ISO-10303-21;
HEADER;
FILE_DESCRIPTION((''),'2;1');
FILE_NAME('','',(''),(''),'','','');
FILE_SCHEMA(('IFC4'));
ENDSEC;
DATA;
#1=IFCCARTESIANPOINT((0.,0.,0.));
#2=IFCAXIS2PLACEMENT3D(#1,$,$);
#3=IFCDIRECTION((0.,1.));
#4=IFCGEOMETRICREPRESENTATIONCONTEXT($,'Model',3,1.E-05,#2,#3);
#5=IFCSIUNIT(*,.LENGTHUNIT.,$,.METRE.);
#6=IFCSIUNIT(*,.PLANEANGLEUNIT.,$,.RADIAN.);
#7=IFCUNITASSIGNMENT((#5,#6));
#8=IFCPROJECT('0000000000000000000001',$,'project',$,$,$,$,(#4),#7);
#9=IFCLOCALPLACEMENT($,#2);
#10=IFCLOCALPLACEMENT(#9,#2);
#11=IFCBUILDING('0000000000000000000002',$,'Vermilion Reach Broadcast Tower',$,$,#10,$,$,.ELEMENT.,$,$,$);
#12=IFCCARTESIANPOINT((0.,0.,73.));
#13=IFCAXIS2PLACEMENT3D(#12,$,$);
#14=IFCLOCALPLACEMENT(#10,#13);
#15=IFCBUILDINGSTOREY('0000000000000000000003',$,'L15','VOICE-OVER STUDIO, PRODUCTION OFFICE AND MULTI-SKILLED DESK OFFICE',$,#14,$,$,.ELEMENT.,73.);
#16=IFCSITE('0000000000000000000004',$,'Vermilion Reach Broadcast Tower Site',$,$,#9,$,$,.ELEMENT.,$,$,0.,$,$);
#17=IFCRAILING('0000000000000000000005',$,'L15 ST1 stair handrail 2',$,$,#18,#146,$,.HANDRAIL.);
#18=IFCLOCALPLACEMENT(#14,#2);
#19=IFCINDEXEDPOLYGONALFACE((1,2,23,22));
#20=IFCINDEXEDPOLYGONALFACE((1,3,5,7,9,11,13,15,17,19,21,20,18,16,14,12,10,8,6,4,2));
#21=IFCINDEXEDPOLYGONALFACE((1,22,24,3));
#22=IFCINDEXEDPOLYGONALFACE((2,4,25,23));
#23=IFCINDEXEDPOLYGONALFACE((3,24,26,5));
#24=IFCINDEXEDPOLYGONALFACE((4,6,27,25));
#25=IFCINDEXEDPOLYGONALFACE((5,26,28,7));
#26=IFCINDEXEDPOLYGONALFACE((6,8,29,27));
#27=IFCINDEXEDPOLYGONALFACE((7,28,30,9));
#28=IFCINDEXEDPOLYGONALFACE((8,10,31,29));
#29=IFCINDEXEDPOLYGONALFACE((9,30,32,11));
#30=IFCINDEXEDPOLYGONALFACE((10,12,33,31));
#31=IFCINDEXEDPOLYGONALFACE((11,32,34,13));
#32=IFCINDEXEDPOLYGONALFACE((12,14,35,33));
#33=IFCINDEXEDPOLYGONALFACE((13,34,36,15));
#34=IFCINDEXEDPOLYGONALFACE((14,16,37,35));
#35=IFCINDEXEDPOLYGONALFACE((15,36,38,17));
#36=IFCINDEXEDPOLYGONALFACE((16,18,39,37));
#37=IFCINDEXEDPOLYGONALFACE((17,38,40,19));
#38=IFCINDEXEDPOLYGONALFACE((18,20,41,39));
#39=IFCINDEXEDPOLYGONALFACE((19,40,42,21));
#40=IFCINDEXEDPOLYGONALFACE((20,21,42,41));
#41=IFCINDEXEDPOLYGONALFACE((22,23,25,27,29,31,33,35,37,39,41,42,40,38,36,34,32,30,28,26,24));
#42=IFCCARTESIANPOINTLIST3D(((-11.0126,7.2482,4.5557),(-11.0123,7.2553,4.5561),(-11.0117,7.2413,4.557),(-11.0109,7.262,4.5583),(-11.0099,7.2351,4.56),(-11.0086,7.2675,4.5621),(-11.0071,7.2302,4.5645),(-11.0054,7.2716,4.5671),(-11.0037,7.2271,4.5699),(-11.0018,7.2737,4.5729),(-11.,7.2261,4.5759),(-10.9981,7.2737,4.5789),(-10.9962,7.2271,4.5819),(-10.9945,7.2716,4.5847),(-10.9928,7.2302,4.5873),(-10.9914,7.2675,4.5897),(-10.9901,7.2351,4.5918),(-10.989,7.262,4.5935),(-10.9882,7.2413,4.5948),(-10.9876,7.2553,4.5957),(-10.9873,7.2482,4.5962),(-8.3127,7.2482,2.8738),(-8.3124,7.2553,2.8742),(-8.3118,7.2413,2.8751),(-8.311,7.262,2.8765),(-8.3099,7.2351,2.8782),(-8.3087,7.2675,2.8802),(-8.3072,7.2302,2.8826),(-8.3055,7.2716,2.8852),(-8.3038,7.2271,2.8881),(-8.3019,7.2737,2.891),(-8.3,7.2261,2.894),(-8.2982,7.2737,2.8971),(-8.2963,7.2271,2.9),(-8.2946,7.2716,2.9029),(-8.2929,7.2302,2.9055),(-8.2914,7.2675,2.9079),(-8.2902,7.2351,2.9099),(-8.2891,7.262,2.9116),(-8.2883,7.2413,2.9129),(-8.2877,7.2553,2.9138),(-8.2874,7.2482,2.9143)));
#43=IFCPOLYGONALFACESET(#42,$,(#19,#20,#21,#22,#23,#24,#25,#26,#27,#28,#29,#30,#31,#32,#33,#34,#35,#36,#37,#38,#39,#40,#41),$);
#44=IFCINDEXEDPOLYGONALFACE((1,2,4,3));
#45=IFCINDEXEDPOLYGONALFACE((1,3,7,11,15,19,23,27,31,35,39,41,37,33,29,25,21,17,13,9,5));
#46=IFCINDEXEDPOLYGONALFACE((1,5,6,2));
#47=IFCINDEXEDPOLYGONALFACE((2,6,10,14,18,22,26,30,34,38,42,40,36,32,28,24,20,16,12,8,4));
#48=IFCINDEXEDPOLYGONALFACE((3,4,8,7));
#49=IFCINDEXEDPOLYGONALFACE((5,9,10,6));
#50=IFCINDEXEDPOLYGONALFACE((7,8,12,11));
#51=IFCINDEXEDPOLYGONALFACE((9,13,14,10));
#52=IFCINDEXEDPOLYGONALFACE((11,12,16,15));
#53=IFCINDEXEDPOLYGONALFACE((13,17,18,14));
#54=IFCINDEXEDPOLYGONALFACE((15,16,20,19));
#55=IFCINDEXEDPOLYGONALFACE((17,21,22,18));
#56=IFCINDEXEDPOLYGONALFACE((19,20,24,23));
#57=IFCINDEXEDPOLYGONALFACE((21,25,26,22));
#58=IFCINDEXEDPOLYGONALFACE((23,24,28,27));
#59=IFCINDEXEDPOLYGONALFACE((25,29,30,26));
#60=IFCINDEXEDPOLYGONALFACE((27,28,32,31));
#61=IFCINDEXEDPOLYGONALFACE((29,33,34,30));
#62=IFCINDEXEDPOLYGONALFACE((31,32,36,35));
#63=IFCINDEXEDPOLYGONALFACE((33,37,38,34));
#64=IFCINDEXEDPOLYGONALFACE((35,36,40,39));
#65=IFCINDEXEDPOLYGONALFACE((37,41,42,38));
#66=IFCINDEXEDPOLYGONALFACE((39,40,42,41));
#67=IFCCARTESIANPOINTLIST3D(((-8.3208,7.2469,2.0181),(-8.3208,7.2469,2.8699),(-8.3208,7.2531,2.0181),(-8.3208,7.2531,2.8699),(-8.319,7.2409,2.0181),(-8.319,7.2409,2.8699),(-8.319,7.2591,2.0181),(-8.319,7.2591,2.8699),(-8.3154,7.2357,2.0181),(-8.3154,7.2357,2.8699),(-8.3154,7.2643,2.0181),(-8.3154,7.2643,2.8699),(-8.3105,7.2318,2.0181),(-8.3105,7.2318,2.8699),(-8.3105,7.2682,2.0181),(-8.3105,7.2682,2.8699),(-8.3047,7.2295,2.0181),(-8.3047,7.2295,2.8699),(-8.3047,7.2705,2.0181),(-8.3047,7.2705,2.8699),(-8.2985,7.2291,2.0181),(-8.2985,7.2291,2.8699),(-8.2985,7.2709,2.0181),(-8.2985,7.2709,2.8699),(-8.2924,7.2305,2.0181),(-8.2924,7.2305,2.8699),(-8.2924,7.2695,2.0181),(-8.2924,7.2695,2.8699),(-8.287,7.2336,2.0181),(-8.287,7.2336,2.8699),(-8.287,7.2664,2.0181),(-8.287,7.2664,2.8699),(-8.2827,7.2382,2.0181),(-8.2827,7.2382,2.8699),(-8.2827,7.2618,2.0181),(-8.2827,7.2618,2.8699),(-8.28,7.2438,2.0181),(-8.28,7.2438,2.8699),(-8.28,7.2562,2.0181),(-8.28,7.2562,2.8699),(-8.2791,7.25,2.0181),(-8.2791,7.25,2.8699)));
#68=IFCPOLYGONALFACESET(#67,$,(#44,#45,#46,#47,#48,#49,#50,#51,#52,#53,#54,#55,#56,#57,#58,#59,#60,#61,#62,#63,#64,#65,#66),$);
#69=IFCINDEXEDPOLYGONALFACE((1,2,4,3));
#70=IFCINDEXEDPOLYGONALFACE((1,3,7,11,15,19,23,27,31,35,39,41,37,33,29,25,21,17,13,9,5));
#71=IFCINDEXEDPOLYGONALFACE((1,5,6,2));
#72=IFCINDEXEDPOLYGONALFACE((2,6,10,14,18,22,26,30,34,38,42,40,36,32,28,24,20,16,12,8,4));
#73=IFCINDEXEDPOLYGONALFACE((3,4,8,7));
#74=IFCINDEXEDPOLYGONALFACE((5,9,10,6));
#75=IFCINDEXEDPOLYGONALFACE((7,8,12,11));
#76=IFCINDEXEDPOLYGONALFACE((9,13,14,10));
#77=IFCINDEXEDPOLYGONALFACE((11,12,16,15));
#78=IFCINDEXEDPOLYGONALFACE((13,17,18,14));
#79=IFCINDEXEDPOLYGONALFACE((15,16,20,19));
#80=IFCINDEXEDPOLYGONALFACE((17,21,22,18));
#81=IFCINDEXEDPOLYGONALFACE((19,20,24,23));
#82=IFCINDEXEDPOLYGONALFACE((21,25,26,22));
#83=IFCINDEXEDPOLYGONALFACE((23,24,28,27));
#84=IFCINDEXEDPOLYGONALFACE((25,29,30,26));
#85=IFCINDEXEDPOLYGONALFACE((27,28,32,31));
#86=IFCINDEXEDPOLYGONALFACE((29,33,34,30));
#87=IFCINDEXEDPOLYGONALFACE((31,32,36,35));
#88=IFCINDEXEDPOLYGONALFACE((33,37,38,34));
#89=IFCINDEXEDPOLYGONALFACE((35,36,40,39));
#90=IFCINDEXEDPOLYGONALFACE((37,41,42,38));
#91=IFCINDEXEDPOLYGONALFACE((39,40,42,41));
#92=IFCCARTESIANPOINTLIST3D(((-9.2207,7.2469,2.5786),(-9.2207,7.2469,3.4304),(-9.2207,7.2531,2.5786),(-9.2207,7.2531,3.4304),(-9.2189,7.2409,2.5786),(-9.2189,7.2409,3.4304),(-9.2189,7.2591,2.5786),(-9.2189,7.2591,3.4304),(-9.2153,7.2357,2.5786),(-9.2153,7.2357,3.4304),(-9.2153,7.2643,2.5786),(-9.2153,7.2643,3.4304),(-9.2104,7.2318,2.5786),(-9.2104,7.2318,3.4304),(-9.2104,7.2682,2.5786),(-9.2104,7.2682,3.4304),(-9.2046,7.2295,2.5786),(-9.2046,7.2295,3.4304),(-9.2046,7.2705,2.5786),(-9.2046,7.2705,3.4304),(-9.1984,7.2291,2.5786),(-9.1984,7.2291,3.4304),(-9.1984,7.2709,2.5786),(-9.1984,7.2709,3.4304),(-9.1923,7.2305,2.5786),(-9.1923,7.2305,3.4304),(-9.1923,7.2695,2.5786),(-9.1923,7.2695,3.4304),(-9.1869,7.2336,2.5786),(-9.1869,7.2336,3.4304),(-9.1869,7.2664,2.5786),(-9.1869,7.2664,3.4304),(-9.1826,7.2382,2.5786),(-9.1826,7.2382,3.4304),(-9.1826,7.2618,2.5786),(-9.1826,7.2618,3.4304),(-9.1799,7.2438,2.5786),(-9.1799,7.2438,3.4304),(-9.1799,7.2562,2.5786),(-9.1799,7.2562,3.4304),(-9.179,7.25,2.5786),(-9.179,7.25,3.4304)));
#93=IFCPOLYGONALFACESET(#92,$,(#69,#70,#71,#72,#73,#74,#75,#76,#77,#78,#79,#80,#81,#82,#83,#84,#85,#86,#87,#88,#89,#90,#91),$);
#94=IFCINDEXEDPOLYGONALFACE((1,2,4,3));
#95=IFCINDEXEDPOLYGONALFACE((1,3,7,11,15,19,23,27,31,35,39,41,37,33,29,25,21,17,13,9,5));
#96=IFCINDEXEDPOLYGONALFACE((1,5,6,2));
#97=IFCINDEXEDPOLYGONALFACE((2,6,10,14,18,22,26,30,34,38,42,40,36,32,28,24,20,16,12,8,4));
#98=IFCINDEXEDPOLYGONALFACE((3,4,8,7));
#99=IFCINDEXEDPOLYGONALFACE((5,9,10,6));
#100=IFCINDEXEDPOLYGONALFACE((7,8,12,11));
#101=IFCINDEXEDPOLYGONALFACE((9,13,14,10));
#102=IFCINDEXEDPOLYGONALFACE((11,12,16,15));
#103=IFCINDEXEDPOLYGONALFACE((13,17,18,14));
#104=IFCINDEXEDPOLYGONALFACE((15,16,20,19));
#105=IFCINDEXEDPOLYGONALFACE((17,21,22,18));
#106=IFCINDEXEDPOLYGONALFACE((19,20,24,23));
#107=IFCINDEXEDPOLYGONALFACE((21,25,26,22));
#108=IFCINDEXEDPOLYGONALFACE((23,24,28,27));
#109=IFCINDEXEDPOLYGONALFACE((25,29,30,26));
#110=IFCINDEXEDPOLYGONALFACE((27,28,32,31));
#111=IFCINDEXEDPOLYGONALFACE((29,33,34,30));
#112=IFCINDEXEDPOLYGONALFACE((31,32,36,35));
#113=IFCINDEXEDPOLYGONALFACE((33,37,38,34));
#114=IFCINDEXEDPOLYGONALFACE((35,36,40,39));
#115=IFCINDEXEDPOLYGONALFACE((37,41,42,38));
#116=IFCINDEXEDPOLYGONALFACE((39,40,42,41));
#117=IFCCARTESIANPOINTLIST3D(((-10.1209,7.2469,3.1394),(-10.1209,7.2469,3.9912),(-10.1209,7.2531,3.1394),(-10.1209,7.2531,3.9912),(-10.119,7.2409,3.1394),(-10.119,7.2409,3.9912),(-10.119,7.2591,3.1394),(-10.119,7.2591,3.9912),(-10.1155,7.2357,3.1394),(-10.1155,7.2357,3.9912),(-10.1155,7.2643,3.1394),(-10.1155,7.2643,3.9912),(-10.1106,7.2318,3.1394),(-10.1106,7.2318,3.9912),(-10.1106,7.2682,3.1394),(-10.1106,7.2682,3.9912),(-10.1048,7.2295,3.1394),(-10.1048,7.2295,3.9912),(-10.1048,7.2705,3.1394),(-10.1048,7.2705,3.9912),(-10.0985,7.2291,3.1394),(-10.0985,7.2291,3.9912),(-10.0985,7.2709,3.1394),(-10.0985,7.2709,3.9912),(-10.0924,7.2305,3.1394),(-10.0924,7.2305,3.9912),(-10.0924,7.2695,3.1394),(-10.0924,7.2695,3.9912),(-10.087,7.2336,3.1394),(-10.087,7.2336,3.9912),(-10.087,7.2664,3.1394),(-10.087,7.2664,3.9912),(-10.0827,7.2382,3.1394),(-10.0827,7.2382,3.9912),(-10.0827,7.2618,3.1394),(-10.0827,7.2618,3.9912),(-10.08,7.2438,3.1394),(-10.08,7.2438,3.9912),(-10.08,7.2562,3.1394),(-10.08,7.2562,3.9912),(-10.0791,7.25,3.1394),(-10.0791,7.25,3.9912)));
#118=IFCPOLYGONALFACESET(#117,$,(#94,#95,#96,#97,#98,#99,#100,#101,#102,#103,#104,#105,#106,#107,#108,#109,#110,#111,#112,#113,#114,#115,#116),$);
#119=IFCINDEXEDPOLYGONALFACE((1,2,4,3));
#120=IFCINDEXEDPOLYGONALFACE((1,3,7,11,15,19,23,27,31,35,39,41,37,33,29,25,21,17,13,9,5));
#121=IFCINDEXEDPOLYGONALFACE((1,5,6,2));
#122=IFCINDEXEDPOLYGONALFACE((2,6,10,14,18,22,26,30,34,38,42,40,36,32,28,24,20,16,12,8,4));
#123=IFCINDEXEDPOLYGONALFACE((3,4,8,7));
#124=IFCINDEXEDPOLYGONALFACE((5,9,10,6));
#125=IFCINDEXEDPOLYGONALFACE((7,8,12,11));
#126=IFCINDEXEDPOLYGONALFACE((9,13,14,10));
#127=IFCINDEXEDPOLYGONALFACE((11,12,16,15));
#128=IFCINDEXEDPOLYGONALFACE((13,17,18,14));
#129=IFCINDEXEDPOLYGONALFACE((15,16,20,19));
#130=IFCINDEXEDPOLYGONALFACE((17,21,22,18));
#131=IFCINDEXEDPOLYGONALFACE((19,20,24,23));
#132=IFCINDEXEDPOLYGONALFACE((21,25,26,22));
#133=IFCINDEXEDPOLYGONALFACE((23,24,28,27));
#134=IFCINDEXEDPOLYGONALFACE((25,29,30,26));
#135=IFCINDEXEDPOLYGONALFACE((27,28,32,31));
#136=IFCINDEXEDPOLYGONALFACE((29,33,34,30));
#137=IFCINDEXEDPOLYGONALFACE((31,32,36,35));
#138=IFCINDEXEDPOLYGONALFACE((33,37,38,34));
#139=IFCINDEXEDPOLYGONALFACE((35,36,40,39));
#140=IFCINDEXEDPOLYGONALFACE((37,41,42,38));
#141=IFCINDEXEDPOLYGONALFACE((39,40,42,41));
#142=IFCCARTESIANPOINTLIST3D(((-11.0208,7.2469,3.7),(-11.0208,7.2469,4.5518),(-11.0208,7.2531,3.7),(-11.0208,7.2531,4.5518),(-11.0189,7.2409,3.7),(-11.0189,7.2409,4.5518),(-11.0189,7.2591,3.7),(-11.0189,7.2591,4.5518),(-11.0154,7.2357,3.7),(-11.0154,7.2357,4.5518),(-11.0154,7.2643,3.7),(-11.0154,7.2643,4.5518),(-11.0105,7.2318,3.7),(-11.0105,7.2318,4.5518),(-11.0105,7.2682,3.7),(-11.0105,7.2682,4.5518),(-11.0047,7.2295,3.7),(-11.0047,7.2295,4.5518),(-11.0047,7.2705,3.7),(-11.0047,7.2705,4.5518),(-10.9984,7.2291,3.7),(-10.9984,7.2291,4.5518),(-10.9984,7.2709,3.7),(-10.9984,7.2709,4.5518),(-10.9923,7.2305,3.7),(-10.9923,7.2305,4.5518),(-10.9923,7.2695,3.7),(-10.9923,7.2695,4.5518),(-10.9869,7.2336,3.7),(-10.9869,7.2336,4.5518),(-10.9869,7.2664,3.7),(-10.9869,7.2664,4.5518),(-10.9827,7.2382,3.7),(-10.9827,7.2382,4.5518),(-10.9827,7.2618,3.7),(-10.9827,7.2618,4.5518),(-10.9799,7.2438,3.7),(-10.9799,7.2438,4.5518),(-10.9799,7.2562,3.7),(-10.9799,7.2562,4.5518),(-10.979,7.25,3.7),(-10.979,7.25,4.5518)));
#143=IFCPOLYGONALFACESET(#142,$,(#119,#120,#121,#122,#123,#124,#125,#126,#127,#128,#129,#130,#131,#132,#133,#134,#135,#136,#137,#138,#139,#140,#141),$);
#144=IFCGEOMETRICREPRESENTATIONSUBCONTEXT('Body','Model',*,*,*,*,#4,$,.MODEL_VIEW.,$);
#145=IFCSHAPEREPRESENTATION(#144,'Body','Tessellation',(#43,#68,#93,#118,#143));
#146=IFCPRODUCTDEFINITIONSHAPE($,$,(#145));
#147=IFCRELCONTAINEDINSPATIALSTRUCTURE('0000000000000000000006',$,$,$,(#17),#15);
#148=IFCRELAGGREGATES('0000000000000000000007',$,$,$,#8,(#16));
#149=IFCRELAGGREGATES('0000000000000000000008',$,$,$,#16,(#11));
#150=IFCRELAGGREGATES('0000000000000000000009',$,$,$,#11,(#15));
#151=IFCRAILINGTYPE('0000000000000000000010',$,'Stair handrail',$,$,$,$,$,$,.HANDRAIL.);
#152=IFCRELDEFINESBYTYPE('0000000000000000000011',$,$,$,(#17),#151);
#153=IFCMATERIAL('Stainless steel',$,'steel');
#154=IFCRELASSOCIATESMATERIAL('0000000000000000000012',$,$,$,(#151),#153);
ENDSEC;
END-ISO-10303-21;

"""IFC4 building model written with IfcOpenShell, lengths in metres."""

from ifc_helpers import new_model, si_unit, direction, frame, origin, origin_2d, place, context, subcontext, project, spatial, circle, extrude, material, type_object, element, save


model = new_model("IFC4")

# Units and contexts
model_context = context("Model", 3, precision=1e-05, world=origin(), true_north=direction((0.0, 1.0)))
body_context = subcontext(model_context, "Body", "Model", "MODEL_VIEW")
ifc_project = project(units=[si_unit("LENGTHUNIT", "METRE"), si_unit("PLANEANGLEUNIT", "RADIAN")], contexts=[model_context])

# Site, building, storey
site_placement = place(None, origin())
site = spatial("IfcSite", under=ifc_project, at=site_placement, Name="Vermilion Reach Broadcast Tower Site", CompositionType="ELEMENT", RefElevation=0.0)
building_placement = place(site_placement, origin())
building = spatial("IfcBuilding", under=site, at=building_placement, Name="Vermilion Reach Broadcast Tower", CompositionType="ELEMENT")
storey_placement = place(building_placement, frame((0.0, 0.0, 73.0)))
storey = spatial("IfcBuildingStorey", under=building, at=storey_placement, Name="L15", Description="VOICE-OVER STUDIO, PRODUCTION OFFICE AND MULTI-SKILLED DESK OFFICE", CompositionType="ELEMENT", Elevation=73.0)

# Railing
ifc_material_1 = material(Name="Stainless steel", Category="steel")
railing_type_1 = type_object("IfcRailingType", Name="Stair handrail", PredefinedType="HANDRAIL", material=ifc_material_1)
railing_1_placement = place(storey_placement, frame((-8.3, 7.25, 2.0181)))
element("IfcRailing", 1, at=railing_1_placement, inside=storey, type_object=railing_type_1, Name="L15 ST1 stair handrail 2", PredefinedType="HANDRAIL", context=body_context, shape_type="SweptSolid", body=[
    extrude(circle(Radius=0.0239, at=origin_2d()), frame((0.0, 0.0, 0.876), z_axis=(-0.848786, 0.0, 0.528736), x_axis=(0.0, -1.0, 0.0)), (0.0, 0.0, 1.0), 3.1809),
    extrude(circle(Radius=0.021, at=origin_2d()), origin(), (0.0, 0.0, 1.0), 0.8518),
    extrude(circle(Radius=0.021, at=origin_2d()), frame((-0.8999, 0.0, 0.5605)), (0.0, 0.0, 1.0), 0.8518),
    extrude(circle(Radius=0.021, at=origin_2d()), frame((-1.8, 0.0, 1.1213)), (0.0, 0.0, 1.0), 0.8518),
    extrude(circle(Radius=0.021, at=origin_2d()), frame((-2.7, 0.0, 1.6819)), (0.0, 0.0, 1.0), 0.8518),
])

save(model, "model.ifc")
